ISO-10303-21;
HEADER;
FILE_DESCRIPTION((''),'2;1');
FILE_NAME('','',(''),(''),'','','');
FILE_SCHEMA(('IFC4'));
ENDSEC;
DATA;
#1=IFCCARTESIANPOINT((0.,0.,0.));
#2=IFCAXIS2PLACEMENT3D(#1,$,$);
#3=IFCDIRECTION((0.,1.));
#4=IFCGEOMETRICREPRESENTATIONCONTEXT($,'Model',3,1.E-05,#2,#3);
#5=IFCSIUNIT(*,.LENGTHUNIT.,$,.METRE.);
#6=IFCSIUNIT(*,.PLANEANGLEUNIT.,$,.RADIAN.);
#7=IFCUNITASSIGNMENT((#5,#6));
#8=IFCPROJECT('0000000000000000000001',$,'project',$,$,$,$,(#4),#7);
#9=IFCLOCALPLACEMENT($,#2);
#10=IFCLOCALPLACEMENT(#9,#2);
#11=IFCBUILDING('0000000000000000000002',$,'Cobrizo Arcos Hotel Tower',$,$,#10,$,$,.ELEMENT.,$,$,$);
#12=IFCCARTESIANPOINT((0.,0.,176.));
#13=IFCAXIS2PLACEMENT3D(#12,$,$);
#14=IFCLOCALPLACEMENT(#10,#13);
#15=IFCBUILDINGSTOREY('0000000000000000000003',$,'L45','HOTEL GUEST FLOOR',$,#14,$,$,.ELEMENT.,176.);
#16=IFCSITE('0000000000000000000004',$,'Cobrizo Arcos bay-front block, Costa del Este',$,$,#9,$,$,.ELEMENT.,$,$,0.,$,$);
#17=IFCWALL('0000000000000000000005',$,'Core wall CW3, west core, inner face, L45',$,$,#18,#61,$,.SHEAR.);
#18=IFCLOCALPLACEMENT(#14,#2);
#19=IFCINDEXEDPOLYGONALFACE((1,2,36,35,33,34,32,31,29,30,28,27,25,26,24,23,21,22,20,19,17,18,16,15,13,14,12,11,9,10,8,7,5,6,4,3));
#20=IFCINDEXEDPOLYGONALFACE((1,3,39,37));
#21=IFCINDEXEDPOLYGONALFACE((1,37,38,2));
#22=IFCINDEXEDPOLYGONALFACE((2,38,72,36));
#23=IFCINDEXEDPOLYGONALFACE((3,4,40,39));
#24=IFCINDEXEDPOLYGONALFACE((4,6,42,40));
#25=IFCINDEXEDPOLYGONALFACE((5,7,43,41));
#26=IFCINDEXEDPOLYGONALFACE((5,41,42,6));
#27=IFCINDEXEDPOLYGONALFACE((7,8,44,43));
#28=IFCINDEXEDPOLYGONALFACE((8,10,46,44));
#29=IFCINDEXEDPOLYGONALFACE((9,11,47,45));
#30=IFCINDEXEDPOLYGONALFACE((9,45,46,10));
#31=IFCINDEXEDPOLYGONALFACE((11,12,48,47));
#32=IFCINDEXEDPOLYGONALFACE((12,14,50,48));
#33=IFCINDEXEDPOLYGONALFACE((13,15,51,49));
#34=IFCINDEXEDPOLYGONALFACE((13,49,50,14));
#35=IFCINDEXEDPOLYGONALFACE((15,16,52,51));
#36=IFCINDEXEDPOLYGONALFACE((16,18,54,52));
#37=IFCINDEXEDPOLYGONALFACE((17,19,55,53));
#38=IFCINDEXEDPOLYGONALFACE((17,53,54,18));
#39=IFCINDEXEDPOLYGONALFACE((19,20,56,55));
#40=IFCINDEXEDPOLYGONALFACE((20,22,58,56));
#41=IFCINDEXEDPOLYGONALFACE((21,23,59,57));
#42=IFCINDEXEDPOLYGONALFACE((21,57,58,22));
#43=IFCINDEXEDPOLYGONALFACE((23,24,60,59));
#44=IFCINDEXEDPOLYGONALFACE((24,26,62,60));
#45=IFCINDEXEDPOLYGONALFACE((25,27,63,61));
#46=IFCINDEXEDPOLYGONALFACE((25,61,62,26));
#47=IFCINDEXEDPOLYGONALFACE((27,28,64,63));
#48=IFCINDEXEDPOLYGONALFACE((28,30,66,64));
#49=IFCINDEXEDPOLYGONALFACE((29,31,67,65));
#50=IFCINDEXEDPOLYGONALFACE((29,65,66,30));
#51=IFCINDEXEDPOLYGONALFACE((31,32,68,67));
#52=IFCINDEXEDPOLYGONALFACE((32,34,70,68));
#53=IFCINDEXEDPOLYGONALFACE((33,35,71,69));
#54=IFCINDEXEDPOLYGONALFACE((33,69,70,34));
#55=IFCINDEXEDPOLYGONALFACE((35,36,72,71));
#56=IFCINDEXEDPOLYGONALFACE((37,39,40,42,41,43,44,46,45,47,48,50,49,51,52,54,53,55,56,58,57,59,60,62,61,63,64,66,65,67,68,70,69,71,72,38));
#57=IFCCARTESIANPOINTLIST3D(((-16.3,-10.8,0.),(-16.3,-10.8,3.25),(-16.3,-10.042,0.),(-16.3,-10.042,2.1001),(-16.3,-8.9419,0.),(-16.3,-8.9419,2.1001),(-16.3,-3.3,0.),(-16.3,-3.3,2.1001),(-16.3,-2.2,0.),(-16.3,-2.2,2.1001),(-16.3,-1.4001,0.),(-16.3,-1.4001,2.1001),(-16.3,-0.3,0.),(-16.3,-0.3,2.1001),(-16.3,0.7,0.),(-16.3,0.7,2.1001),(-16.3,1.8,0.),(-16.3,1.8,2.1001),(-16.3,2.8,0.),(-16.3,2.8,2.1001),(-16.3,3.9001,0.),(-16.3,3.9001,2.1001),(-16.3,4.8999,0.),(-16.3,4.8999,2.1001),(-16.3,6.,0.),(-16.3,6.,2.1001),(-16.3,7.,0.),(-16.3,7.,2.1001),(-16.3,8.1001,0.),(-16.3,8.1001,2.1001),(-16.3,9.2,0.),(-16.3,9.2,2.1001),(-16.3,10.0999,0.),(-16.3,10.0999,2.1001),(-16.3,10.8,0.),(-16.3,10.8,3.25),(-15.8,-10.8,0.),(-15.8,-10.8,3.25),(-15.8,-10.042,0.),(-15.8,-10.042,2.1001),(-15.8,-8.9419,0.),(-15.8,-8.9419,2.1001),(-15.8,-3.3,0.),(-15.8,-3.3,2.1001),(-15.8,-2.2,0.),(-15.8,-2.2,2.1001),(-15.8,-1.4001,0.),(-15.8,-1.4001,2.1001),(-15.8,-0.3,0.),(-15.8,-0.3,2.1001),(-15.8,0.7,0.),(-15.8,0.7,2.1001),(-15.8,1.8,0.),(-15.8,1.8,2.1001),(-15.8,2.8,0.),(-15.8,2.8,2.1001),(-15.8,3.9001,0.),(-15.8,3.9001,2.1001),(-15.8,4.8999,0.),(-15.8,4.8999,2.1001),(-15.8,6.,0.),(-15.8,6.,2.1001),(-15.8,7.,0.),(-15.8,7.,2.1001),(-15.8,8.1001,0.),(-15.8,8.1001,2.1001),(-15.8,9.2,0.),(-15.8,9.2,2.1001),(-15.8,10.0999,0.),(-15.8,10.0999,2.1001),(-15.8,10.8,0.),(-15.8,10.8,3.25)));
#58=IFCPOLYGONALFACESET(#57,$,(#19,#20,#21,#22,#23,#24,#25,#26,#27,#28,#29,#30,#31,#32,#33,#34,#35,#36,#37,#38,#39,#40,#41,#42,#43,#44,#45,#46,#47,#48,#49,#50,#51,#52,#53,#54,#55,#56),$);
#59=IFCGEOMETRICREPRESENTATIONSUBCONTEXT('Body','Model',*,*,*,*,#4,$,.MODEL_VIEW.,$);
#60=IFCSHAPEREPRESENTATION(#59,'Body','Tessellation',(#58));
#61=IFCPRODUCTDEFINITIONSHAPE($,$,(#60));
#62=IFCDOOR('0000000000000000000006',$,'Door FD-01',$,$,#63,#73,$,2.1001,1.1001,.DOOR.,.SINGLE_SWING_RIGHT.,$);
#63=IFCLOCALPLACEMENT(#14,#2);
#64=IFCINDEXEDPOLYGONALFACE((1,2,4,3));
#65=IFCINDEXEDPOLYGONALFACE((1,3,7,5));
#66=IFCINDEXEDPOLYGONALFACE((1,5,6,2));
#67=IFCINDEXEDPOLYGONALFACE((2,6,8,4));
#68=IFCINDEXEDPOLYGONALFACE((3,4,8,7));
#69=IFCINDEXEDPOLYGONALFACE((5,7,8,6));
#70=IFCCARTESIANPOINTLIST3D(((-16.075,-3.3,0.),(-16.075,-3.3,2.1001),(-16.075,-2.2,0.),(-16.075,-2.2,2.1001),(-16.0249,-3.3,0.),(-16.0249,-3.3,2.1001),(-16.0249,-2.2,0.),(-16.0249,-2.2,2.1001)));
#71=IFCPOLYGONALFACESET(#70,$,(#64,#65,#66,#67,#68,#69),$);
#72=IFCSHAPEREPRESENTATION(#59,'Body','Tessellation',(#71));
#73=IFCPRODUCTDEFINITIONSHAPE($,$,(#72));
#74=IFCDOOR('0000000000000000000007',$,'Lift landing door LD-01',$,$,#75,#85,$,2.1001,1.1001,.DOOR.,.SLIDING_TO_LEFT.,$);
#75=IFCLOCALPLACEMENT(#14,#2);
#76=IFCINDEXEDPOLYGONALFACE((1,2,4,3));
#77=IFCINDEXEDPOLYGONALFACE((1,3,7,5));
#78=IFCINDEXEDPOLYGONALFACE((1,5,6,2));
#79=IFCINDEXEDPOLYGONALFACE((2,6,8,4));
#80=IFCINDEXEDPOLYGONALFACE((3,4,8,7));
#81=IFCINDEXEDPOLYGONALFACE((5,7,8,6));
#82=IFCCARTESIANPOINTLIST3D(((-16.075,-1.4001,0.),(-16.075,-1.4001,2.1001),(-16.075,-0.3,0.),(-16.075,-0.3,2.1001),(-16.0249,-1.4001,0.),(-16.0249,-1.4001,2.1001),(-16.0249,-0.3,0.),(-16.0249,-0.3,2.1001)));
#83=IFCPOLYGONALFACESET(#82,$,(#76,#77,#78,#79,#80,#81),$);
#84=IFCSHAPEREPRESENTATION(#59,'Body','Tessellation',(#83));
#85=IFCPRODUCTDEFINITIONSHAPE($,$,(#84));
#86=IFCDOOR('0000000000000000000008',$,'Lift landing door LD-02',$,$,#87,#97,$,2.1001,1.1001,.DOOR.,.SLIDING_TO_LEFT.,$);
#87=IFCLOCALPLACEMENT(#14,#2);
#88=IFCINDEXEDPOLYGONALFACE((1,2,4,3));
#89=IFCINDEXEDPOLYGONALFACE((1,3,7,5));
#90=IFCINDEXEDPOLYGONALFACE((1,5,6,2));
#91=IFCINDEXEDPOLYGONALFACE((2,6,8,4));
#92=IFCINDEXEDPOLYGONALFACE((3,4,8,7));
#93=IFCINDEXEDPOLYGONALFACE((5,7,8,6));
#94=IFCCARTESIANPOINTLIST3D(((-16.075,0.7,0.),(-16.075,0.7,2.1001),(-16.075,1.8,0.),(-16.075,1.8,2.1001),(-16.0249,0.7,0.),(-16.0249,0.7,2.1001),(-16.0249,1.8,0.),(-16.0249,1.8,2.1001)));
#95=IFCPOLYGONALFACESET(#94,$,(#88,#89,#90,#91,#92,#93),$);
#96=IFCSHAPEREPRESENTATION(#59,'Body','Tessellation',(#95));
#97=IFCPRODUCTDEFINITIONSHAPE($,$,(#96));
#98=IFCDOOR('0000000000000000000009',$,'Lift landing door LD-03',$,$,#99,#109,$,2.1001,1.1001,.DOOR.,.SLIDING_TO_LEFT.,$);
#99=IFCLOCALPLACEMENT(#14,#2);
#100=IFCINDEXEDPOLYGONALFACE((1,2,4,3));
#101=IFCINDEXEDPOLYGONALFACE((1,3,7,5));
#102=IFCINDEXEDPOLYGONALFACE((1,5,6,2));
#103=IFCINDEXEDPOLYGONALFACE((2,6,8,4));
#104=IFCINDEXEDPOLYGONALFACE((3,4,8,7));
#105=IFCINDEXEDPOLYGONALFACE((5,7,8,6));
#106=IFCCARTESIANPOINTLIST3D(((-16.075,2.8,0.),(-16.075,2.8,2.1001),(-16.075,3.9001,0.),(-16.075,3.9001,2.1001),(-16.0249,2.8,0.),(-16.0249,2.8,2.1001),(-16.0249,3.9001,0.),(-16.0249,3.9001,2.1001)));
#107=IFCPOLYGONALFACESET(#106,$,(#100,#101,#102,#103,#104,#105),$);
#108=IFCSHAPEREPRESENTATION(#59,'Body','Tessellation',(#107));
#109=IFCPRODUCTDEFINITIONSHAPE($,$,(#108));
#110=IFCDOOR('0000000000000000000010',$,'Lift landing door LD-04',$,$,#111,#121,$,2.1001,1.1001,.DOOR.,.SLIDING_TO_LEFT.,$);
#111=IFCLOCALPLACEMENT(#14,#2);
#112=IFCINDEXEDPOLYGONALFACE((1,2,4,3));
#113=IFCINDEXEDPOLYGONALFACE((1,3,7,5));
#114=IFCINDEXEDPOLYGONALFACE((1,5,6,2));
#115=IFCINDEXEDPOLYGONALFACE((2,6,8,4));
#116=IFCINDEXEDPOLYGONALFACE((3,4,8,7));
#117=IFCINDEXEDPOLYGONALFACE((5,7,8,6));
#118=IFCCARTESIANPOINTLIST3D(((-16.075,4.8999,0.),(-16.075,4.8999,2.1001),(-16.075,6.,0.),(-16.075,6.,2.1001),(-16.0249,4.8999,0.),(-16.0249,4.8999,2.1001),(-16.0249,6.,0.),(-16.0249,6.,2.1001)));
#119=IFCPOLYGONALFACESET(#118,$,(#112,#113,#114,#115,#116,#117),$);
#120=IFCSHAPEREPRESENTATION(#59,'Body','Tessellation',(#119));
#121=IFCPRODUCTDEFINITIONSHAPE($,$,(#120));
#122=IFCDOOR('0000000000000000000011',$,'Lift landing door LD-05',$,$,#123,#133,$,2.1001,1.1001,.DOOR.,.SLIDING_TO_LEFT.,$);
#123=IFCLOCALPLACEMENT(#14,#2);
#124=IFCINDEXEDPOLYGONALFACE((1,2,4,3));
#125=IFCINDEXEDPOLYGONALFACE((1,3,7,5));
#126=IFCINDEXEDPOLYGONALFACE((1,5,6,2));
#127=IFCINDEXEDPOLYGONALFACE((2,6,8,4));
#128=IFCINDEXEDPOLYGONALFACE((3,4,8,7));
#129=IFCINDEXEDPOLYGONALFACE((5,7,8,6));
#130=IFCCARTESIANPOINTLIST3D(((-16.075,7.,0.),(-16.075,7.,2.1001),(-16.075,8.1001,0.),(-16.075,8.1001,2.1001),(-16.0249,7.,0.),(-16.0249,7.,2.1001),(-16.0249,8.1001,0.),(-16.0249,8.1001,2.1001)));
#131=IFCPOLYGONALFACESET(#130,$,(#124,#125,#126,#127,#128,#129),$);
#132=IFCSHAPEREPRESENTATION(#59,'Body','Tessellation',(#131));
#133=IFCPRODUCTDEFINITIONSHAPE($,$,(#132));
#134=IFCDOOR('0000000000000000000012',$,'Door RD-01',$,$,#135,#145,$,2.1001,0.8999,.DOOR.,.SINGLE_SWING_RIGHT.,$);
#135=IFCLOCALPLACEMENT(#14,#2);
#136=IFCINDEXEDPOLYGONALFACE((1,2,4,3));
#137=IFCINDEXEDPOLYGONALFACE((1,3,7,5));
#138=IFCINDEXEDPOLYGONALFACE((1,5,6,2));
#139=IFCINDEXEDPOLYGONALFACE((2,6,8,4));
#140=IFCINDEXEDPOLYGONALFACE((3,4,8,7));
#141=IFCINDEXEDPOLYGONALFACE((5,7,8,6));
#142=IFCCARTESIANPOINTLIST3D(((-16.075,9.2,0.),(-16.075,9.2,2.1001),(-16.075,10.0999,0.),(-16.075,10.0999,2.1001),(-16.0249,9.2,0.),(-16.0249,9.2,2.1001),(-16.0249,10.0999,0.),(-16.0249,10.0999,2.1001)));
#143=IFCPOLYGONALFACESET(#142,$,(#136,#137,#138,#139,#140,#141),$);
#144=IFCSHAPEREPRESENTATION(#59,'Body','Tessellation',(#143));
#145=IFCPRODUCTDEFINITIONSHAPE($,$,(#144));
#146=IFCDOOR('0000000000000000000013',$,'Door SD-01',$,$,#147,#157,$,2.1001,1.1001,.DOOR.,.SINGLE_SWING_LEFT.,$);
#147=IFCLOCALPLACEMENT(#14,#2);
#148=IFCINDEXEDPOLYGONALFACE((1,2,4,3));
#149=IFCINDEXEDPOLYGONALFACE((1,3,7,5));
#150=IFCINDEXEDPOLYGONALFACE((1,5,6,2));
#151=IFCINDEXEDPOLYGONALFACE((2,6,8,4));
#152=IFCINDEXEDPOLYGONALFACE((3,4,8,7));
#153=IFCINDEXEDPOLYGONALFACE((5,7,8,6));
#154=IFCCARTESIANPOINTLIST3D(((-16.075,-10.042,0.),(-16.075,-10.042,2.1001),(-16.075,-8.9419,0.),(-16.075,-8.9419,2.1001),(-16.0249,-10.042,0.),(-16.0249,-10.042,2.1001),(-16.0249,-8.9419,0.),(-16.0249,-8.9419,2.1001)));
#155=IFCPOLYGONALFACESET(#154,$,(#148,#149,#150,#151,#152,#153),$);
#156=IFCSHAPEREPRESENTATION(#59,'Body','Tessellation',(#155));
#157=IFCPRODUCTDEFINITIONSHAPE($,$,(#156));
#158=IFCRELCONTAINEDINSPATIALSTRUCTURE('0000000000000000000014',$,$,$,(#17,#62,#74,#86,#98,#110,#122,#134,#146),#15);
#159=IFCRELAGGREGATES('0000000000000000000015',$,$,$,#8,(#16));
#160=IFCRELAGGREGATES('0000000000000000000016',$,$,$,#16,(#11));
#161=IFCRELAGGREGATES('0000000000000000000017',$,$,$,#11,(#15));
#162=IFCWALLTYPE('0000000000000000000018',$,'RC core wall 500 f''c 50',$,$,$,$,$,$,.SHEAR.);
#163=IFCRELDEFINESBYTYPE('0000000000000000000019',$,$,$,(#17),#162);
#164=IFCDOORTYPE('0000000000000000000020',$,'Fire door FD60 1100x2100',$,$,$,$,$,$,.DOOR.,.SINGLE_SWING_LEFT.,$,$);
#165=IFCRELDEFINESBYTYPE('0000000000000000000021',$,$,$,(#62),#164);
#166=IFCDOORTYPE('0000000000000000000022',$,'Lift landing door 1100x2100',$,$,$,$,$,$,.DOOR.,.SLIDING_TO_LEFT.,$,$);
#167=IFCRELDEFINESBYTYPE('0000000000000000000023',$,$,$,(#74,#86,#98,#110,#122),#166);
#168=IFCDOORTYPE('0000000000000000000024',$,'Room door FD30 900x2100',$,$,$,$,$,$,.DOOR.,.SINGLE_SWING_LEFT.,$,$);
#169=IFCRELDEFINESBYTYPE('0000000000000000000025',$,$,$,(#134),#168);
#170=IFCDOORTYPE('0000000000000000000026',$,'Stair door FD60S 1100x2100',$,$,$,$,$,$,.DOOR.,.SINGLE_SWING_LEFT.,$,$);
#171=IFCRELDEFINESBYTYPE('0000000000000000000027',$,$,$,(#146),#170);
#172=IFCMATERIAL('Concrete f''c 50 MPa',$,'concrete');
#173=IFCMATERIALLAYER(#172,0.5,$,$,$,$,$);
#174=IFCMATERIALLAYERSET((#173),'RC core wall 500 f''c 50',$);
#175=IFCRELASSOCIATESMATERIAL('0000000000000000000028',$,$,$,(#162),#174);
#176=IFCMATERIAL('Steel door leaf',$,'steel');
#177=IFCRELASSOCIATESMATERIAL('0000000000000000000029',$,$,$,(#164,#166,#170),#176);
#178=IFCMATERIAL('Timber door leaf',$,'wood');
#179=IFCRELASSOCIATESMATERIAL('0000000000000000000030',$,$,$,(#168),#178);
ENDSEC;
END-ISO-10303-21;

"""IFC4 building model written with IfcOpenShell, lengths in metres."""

from ifc_helpers import new_model, si_unit, direction, frame, frame_2d, origin, place, context, subcontext, project, spatial, rectangle, extrude, material, layer, layer_set, type_object, element, fill, save


model = new_model("IFC4")

# Units and contexts
model_context = context("Model", 3, precision=1e-05, world=origin(), true_north=direction((0.0, 1.0)))
body_context = subcontext(model_context, "Body", "Model", "MODEL_VIEW")
ifc_project = project(units=[si_unit("LENGTHUNIT", "METRE"), si_unit("PLANEANGLEUNIT", "RADIAN")], contexts=[model_context])

# Site, building, storey
site_placement = place(None, origin())
site = spatial("IfcSite", under=ifc_project, at=site_placement, Name="Cobrizo Arcos bay-front block, Costa del Este", CompositionType="ELEMENT", RefElevation=0.0)
building_placement = place(site_placement, origin())
building = spatial("IfcBuilding", under=site, at=building_placement, Name="Cobrizo Arcos Hotel Tower", CompositionType="ELEMENT")
storey_placement = place(building_placement, frame((0.0, 0.0, 176.0)))
storey = spatial("IfcBuildingStorey", under=building, at=storey_placement, Name="L45", Description="HOTEL GUEST FLOOR", CompositionType="ELEMENT", Elevation=176.0)

# Shared definitions
ifc_material_1 = material(Name="Timber door leaf", Category="wood")

# Wall, openings, doors
ifc_material_2 = material(Name="Concrete f'c 50 MPa", Category="concrete")
ifc_layer_1 = layer(ifc_material_2, 0.5)
ifc_layer_set_1 = layer_set([ifc_layer_1], Name="RC core wall 500 f'c 50")
wall_type_1 = type_object("IfcWallType", Name="RC core wall 500 f'c 50", PredefinedType="SHEAR", material=ifc_layer_set_1)
wall_1_placement = place(storey_placement, frame((-16.05, -10.8, 0.0), z_axis=(0.0, 0.0, 1.0), x_axis=(0.0, 1.0, 0.0)))
wall_1 = element("IfcWall", 1, at=wall_1_placement, inside=storey, type_object=wall_type_1, Name="Core wall CW3, west core, inner face, L45", PredefinedType="SHEAR", context=body_context, shape_type="SweptSolid", body=[
    extrude(rectangle(XDim=21.6001, YDim=0.5, at=frame_2d((10.8, 0.0))), origin(), (0.0, 0.0, 1.0), 3.25),
])
opening_1_placement = place(wall_1_placement, frame((9.3999, 0.0, 0.0)))
opening_1 = element("IfcOpeningElement", 2, at=opening_1_placement, cuts=wall_1, PredefinedType="OPENING", context=body_context, shape_type="SweptSolid", body=[
    extrude(rectangle(XDim=1.1001, YDim=2.1001, at=frame_2d((0.55, 1.05))), frame((0.0, 0.262, 0.0), z_axis=(0.0, -1.0, 0.0), x_axis=(1.0, 0.0, 0.0)), (0.0, 0.0, 1.0), 0.5239),
])
opening_2_placement = place(wall_1_placement, frame((11.5, 0.0, 0.0)))
opening_2 = element("IfcOpeningElement", 3, at=opening_2_placement, cuts=wall_1, PredefinedType="OPENING", context=body_context, shape_type="SweptSolid", body=[
    extrude(rectangle(XDim=1.1001, YDim=2.1001, at=frame_2d((0.55, 1.05))), frame((0.0, 0.262, 0.0), z_axis=(0.0, -1.0, 0.0), x_axis=(1.0, 0.0, 0.0)), (0.0, 0.0, 1.0), 0.5239),
])
opening_3_placement = place(wall_1_placement, frame((13.6001, 0.0, 0.0)))
opening_3 = element("IfcOpeningElement", 4, at=opening_3_placement, cuts=wall_1, PredefinedType="OPENING", context=body_context, shape_type="SweptSolid", body=[
    extrude(rectangle(XDim=1.1001, YDim=2.1001, at=frame_2d((0.55, 1.05))), frame((0.0, 0.262, 0.0), z_axis=(0.0, -1.0, 0.0), x_axis=(1.0, 0.0, 0.0)), (0.0, 0.0, 1.0), 0.5239),
])
opening_4_placement = place(wall_1_placement, frame((15.7, 0.0, 0.0)))
opening_4 = element("IfcOpeningElement", 5, at=opening_4_placement, cuts=wall_1, PredefinedType="OPENING", context=body_context, shape_type="SweptSolid", body=[
    extrude(rectangle(XDim=1.1001, YDim=2.1001, at=frame_2d((0.55, 1.05))), frame((0.0, 0.262, 0.0), z_axis=(0.0, -1.0, 0.0), x_axis=(1.0, 0.0, 0.0)), (0.0, 0.0, 1.0), 0.5239),
])
opening_5_placement = place(wall_1_placement, frame((17.8, 0.0, 0.0)))
opening_5 = element("IfcOpeningElement", 6, at=opening_5_placement, cuts=wall_1, PredefinedType="OPENING", context=body_context, shape_type="SweptSolid", body=[
    extrude(rectangle(XDim=1.1001, YDim=2.1001, at=frame_2d((0.55, 1.05))), frame((0.0, 0.262, 0.0), z_axis=(0.0, -1.0, 0.0), x_axis=(1.0, 0.0, 0.0)), (0.0, 0.0, 1.0), 0.5239),
])
opening_6_placement = place(wall_1_placement, frame((0.7581, 0.0, 0.0)))
opening_6 = element("IfcOpeningElement", 7, at=opening_6_placement, cuts=wall_1, PredefinedType="OPENING", context=body_context, shape_type="SweptSolid", body=[
    extrude(rectangle(XDim=1.1001, YDim=2.1001, at=frame_2d((0.55, 1.05))), frame((0.0, 0.262, 0.0), z_axis=(0.0, -1.0, 0.0), x_axis=(1.0, 0.0, 0.0)), (0.0, 0.0, 1.0), 0.5239),
])
opening_7_placement = place(wall_1_placement, frame((7.5, 0.0, 0.0)))
opening_7 = element("IfcOpeningElement", 8, at=opening_7_placement, cuts=wall_1, PredefinedType="OPENING", context=body_context, shape_type="SweptSolid", body=[
    extrude(rectangle(XDim=1.1001, YDim=2.1001, at=frame_2d((0.55, 1.05))), frame((0.0, 0.262, 0.0), z_axis=(0.0, -1.0, 0.0), x_axis=(1.0, 0.0, 0.0)), (0.0, 0.0, 1.0), 0.5239),
])
opening_8_placement = place(wall_1_placement, frame((20.0, 0.0, 0.0)))
opening_8 = element("IfcOpeningElement", 9, at=opening_8_placement, cuts=wall_1, PredefinedType="OPENING", context=body_context, shape_type="SweptSolid", body=[
    extrude(rectangle(XDim=0.8999, YDim=2.1001, at=frame_2d((0.45, 1.05))), frame((0.0, 0.262, 0.0), z_axis=(0.0, -1.0, 0.0), x_axis=(1.0, 0.0, 0.0)), (0.0, 0.0, 1.0), 0.5239),
])
ifc_material_3 = material(Name="Steel door leaf", Category="steel")
door_type_1 = type_object("IfcDoorType", Name="Fire door FD60 1100x2100", OperationType="SINGLE_SWING_LEFT", PredefinedType="DOOR", material=ifc_material_3)
door_1_placement = place(opening_7_placement, origin())
door_1 = element("IfcDoor", 10, at=door_1_placement, inside=storey, type_object=door_type_1, Name="Door FD-01", OperationType="SINGLE_SWING_RIGHT", OverallHeight=2.1001, OverallWidth=1.1001, PredefinedType="DOOR", context=body_context, shape_type="SweptSolid", body=[
    extrude(rectangle(XDim=1.1001, YDim=2.1001, at=frame_2d((0.55, 1.05))), frame((0.0, 0.0249, 0.0), z_axis=(0.0, -1.0, 0.0), x_axis=(1.0, 0.0, 0.0)), (0.0, 0.0, 1.0), 0.05),
])
fill(opening_7, door_1)
door_type_2 = type_object("IfcDoorType", Name="Lift landing door 1100x2100", OperationType="SLIDING_TO_LEFT", PredefinedType="DOOR", material=ifc_material_3)
door_2_placement = place(opening_1_placement, origin())
door_2 = element("IfcDoor", 11, at=door_2_placement, inside=storey, type_object=door_type_2, Name="Lift landing door LD-01", OperationType="SLIDING_TO_LEFT", OverallHeight=2.1001, OverallWidth=1.1001, PredefinedType="DOOR", context=body_context, shape_type="SweptSolid", body=[
    extrude(rectangle(XDim=1.1001, YDim=2.1001, at=frame_2d((0.55, 1.05))), frame((0.0, 0.0249, 0.0), z_axis=(0.0, -1.0, 0.0), x_axis=(1.0, 0.0, 0.0)), (0.0, 0.0, 1.0), 0.05),
])
fill(opening_1, door_2)
door_3_placement = place(opening_2_placement, origin())
door_3 = element("IfcDoor", 12, at=door_3_placement, inside=storey, type_object=door_type_2, Name="Lift landing door LD-02", OperationType="SLIDING_TO_LEFT", OverallHeight=2.1001, OverallWidth=1.1001, PredefinedType="DOOR", context=body_context, shape_type="SweptSolid", body=[
    extrude(rectangle(XDim=1.1001, YDim=2.1001, at=frame_2d((0.55, 1.05))), frame((0.0, 0.0249, 0.0), z_axis=(0.0, -1.0, 0.0), x_axis=(1.0, 0.0, 0.0)), (0.0, 0.0, 1.0), 0.05),
])
fill(opening_2, door_3)
door_4_placement = place(opening_3_placement, origin())
door_4 = element("IfcDoor", 13, at=door_4_placement, inside=storey, type_object=door_type_2, Name="Lift landing door LD-03", OperationType="SLIDING_TO_LEFT", OverallHeight=2.1001, OverallWidth=1.1001, PredefinedType="DOOR", context=body_context, shape_type="SweptSolid", body=[
    extrude(rectangle(XDim=1.1001, YDim=2.1001, at=frame_2d((0.55, 1.05))), frame((0.0, 0.0249, 0.0), z_axis=(0.0, -1.0, 0.0), x_axis=(1.0, 0.0, 0.0)), (0.0, 0.0, 1.0), 0.05),
])
fill(opening_3, door_4)
door_5_placement = place(opening_4_placement, origin())
door_5 = element("IfcDoor", 14, at=door_5_placement, inside=storey, type_object=door_type_2, Name="Lift landing door LD-04", OperationType="SLIDING_TO_LEFT", OverallHeight=2.1001, OverallWidth=1.1001, PredefinedType="DOOR", context=body_context, shape_type="SweptSolid", body=[
    extrude(rectangle(XDim=1.1001, YDim=2.1001, at=frame_2d((0.55, 1.05))), frame((0.0, 0.0249, 0.0), z_axis=(0.0, -1.0, 0.0), x_axis=(1.0, 0.0, 0.0)), (0.0, 0.0, 1.0), 0.05),
])
fill(opening_4, door_5)
door_6_placement = place(opening_5_placement, origin())
door_6 = element("IfcDoor", 15, at=door_6_placement, inside=storey, type_object=door_type_2, Name="Lift landing door LD-05", OperationType="SLIDING_TO_LEFT", OverallHeight=2.1001, OverallWidth=1.1001, PredefinedType="DOOR", context=body_context, shape_type="SweptSolid", body=[
    extrude(rectangle(XDim=1.1001, YDim=2.1001, at=frame_2d((0.55, 1.05))), frame((0.0, 0.0249, 0.0), z_axis=(0.0, -1.0, 0.0), x_axis=(1.0, 0.0, 0.0)), (0.0, 0.0, 1.0), 0.05),
])
fill(opening_5, door_6)
door_type_3 = type_object("IfcDoorType", Name="Room door FD30 900x2100", OperationType="SINGLE_SWING_LEFT", PredefinedType="DOOR", material=ifc_material_1)
door_7_placement = place(opening_8_placement, origin())
door_7 = element("IfcDoor", 16, at=door_7_placement, inside=storey, type_object=door_type_3, Name="Door RD-01", OperationType="SINGLE_SWING_RIGHT", OverallHeight=2.1001, OverallWidth=0.8999, PredefinedType="DOOR", context=body_context, shape_type="SweptSolid", body=[
    extrude(rectangle(XDim=0.8999, YDim=2.1001, at=frame_2d((0.45, 1.05))), frame((0.0, 0.0249, 0.0), z_axis=(0.0, -1.0, 0.0), x_axis=(1.0, 0.0, 0.0)), (0.0, 0.0, 1.0), 0.05),
])
fill(opening_8, door_7)
door_type_4 = type_object("IfcDoorType", Name="Stair door FD60S 1100x2100", OperationType="SINGLE_SWING_LEFT", PredefinedType="DOOR", material=ifc_material_3)
door_8_placement = place(opening_6_placement, origin())
door_8 = element("IfcDoor", 17, at=door_8_placement, inside=storey, type_object=door_type_4, Name="Door SD-01", OperationType="SINGLE_SWING_LEFT", OverallHeight=2.1001, OverallWidth=1.1001, PredefinedType="DOOR", context=body_context, shape_type="SweptSolid", body=[
    extrude(rectangle(XDim=1.1001, YDim=2.1001, at=frame_2d((0.55, 1.05))), frame((0.0, 0.0249, 0.0), z_axis=(0.0, -1.0, 0.0), x_axis=(1.0, 0.0, 0.0)), (0.0, 0.0, 1.0), 0.05),
])
fill(opening_6, door_8)

save(model, "model.ifc")
